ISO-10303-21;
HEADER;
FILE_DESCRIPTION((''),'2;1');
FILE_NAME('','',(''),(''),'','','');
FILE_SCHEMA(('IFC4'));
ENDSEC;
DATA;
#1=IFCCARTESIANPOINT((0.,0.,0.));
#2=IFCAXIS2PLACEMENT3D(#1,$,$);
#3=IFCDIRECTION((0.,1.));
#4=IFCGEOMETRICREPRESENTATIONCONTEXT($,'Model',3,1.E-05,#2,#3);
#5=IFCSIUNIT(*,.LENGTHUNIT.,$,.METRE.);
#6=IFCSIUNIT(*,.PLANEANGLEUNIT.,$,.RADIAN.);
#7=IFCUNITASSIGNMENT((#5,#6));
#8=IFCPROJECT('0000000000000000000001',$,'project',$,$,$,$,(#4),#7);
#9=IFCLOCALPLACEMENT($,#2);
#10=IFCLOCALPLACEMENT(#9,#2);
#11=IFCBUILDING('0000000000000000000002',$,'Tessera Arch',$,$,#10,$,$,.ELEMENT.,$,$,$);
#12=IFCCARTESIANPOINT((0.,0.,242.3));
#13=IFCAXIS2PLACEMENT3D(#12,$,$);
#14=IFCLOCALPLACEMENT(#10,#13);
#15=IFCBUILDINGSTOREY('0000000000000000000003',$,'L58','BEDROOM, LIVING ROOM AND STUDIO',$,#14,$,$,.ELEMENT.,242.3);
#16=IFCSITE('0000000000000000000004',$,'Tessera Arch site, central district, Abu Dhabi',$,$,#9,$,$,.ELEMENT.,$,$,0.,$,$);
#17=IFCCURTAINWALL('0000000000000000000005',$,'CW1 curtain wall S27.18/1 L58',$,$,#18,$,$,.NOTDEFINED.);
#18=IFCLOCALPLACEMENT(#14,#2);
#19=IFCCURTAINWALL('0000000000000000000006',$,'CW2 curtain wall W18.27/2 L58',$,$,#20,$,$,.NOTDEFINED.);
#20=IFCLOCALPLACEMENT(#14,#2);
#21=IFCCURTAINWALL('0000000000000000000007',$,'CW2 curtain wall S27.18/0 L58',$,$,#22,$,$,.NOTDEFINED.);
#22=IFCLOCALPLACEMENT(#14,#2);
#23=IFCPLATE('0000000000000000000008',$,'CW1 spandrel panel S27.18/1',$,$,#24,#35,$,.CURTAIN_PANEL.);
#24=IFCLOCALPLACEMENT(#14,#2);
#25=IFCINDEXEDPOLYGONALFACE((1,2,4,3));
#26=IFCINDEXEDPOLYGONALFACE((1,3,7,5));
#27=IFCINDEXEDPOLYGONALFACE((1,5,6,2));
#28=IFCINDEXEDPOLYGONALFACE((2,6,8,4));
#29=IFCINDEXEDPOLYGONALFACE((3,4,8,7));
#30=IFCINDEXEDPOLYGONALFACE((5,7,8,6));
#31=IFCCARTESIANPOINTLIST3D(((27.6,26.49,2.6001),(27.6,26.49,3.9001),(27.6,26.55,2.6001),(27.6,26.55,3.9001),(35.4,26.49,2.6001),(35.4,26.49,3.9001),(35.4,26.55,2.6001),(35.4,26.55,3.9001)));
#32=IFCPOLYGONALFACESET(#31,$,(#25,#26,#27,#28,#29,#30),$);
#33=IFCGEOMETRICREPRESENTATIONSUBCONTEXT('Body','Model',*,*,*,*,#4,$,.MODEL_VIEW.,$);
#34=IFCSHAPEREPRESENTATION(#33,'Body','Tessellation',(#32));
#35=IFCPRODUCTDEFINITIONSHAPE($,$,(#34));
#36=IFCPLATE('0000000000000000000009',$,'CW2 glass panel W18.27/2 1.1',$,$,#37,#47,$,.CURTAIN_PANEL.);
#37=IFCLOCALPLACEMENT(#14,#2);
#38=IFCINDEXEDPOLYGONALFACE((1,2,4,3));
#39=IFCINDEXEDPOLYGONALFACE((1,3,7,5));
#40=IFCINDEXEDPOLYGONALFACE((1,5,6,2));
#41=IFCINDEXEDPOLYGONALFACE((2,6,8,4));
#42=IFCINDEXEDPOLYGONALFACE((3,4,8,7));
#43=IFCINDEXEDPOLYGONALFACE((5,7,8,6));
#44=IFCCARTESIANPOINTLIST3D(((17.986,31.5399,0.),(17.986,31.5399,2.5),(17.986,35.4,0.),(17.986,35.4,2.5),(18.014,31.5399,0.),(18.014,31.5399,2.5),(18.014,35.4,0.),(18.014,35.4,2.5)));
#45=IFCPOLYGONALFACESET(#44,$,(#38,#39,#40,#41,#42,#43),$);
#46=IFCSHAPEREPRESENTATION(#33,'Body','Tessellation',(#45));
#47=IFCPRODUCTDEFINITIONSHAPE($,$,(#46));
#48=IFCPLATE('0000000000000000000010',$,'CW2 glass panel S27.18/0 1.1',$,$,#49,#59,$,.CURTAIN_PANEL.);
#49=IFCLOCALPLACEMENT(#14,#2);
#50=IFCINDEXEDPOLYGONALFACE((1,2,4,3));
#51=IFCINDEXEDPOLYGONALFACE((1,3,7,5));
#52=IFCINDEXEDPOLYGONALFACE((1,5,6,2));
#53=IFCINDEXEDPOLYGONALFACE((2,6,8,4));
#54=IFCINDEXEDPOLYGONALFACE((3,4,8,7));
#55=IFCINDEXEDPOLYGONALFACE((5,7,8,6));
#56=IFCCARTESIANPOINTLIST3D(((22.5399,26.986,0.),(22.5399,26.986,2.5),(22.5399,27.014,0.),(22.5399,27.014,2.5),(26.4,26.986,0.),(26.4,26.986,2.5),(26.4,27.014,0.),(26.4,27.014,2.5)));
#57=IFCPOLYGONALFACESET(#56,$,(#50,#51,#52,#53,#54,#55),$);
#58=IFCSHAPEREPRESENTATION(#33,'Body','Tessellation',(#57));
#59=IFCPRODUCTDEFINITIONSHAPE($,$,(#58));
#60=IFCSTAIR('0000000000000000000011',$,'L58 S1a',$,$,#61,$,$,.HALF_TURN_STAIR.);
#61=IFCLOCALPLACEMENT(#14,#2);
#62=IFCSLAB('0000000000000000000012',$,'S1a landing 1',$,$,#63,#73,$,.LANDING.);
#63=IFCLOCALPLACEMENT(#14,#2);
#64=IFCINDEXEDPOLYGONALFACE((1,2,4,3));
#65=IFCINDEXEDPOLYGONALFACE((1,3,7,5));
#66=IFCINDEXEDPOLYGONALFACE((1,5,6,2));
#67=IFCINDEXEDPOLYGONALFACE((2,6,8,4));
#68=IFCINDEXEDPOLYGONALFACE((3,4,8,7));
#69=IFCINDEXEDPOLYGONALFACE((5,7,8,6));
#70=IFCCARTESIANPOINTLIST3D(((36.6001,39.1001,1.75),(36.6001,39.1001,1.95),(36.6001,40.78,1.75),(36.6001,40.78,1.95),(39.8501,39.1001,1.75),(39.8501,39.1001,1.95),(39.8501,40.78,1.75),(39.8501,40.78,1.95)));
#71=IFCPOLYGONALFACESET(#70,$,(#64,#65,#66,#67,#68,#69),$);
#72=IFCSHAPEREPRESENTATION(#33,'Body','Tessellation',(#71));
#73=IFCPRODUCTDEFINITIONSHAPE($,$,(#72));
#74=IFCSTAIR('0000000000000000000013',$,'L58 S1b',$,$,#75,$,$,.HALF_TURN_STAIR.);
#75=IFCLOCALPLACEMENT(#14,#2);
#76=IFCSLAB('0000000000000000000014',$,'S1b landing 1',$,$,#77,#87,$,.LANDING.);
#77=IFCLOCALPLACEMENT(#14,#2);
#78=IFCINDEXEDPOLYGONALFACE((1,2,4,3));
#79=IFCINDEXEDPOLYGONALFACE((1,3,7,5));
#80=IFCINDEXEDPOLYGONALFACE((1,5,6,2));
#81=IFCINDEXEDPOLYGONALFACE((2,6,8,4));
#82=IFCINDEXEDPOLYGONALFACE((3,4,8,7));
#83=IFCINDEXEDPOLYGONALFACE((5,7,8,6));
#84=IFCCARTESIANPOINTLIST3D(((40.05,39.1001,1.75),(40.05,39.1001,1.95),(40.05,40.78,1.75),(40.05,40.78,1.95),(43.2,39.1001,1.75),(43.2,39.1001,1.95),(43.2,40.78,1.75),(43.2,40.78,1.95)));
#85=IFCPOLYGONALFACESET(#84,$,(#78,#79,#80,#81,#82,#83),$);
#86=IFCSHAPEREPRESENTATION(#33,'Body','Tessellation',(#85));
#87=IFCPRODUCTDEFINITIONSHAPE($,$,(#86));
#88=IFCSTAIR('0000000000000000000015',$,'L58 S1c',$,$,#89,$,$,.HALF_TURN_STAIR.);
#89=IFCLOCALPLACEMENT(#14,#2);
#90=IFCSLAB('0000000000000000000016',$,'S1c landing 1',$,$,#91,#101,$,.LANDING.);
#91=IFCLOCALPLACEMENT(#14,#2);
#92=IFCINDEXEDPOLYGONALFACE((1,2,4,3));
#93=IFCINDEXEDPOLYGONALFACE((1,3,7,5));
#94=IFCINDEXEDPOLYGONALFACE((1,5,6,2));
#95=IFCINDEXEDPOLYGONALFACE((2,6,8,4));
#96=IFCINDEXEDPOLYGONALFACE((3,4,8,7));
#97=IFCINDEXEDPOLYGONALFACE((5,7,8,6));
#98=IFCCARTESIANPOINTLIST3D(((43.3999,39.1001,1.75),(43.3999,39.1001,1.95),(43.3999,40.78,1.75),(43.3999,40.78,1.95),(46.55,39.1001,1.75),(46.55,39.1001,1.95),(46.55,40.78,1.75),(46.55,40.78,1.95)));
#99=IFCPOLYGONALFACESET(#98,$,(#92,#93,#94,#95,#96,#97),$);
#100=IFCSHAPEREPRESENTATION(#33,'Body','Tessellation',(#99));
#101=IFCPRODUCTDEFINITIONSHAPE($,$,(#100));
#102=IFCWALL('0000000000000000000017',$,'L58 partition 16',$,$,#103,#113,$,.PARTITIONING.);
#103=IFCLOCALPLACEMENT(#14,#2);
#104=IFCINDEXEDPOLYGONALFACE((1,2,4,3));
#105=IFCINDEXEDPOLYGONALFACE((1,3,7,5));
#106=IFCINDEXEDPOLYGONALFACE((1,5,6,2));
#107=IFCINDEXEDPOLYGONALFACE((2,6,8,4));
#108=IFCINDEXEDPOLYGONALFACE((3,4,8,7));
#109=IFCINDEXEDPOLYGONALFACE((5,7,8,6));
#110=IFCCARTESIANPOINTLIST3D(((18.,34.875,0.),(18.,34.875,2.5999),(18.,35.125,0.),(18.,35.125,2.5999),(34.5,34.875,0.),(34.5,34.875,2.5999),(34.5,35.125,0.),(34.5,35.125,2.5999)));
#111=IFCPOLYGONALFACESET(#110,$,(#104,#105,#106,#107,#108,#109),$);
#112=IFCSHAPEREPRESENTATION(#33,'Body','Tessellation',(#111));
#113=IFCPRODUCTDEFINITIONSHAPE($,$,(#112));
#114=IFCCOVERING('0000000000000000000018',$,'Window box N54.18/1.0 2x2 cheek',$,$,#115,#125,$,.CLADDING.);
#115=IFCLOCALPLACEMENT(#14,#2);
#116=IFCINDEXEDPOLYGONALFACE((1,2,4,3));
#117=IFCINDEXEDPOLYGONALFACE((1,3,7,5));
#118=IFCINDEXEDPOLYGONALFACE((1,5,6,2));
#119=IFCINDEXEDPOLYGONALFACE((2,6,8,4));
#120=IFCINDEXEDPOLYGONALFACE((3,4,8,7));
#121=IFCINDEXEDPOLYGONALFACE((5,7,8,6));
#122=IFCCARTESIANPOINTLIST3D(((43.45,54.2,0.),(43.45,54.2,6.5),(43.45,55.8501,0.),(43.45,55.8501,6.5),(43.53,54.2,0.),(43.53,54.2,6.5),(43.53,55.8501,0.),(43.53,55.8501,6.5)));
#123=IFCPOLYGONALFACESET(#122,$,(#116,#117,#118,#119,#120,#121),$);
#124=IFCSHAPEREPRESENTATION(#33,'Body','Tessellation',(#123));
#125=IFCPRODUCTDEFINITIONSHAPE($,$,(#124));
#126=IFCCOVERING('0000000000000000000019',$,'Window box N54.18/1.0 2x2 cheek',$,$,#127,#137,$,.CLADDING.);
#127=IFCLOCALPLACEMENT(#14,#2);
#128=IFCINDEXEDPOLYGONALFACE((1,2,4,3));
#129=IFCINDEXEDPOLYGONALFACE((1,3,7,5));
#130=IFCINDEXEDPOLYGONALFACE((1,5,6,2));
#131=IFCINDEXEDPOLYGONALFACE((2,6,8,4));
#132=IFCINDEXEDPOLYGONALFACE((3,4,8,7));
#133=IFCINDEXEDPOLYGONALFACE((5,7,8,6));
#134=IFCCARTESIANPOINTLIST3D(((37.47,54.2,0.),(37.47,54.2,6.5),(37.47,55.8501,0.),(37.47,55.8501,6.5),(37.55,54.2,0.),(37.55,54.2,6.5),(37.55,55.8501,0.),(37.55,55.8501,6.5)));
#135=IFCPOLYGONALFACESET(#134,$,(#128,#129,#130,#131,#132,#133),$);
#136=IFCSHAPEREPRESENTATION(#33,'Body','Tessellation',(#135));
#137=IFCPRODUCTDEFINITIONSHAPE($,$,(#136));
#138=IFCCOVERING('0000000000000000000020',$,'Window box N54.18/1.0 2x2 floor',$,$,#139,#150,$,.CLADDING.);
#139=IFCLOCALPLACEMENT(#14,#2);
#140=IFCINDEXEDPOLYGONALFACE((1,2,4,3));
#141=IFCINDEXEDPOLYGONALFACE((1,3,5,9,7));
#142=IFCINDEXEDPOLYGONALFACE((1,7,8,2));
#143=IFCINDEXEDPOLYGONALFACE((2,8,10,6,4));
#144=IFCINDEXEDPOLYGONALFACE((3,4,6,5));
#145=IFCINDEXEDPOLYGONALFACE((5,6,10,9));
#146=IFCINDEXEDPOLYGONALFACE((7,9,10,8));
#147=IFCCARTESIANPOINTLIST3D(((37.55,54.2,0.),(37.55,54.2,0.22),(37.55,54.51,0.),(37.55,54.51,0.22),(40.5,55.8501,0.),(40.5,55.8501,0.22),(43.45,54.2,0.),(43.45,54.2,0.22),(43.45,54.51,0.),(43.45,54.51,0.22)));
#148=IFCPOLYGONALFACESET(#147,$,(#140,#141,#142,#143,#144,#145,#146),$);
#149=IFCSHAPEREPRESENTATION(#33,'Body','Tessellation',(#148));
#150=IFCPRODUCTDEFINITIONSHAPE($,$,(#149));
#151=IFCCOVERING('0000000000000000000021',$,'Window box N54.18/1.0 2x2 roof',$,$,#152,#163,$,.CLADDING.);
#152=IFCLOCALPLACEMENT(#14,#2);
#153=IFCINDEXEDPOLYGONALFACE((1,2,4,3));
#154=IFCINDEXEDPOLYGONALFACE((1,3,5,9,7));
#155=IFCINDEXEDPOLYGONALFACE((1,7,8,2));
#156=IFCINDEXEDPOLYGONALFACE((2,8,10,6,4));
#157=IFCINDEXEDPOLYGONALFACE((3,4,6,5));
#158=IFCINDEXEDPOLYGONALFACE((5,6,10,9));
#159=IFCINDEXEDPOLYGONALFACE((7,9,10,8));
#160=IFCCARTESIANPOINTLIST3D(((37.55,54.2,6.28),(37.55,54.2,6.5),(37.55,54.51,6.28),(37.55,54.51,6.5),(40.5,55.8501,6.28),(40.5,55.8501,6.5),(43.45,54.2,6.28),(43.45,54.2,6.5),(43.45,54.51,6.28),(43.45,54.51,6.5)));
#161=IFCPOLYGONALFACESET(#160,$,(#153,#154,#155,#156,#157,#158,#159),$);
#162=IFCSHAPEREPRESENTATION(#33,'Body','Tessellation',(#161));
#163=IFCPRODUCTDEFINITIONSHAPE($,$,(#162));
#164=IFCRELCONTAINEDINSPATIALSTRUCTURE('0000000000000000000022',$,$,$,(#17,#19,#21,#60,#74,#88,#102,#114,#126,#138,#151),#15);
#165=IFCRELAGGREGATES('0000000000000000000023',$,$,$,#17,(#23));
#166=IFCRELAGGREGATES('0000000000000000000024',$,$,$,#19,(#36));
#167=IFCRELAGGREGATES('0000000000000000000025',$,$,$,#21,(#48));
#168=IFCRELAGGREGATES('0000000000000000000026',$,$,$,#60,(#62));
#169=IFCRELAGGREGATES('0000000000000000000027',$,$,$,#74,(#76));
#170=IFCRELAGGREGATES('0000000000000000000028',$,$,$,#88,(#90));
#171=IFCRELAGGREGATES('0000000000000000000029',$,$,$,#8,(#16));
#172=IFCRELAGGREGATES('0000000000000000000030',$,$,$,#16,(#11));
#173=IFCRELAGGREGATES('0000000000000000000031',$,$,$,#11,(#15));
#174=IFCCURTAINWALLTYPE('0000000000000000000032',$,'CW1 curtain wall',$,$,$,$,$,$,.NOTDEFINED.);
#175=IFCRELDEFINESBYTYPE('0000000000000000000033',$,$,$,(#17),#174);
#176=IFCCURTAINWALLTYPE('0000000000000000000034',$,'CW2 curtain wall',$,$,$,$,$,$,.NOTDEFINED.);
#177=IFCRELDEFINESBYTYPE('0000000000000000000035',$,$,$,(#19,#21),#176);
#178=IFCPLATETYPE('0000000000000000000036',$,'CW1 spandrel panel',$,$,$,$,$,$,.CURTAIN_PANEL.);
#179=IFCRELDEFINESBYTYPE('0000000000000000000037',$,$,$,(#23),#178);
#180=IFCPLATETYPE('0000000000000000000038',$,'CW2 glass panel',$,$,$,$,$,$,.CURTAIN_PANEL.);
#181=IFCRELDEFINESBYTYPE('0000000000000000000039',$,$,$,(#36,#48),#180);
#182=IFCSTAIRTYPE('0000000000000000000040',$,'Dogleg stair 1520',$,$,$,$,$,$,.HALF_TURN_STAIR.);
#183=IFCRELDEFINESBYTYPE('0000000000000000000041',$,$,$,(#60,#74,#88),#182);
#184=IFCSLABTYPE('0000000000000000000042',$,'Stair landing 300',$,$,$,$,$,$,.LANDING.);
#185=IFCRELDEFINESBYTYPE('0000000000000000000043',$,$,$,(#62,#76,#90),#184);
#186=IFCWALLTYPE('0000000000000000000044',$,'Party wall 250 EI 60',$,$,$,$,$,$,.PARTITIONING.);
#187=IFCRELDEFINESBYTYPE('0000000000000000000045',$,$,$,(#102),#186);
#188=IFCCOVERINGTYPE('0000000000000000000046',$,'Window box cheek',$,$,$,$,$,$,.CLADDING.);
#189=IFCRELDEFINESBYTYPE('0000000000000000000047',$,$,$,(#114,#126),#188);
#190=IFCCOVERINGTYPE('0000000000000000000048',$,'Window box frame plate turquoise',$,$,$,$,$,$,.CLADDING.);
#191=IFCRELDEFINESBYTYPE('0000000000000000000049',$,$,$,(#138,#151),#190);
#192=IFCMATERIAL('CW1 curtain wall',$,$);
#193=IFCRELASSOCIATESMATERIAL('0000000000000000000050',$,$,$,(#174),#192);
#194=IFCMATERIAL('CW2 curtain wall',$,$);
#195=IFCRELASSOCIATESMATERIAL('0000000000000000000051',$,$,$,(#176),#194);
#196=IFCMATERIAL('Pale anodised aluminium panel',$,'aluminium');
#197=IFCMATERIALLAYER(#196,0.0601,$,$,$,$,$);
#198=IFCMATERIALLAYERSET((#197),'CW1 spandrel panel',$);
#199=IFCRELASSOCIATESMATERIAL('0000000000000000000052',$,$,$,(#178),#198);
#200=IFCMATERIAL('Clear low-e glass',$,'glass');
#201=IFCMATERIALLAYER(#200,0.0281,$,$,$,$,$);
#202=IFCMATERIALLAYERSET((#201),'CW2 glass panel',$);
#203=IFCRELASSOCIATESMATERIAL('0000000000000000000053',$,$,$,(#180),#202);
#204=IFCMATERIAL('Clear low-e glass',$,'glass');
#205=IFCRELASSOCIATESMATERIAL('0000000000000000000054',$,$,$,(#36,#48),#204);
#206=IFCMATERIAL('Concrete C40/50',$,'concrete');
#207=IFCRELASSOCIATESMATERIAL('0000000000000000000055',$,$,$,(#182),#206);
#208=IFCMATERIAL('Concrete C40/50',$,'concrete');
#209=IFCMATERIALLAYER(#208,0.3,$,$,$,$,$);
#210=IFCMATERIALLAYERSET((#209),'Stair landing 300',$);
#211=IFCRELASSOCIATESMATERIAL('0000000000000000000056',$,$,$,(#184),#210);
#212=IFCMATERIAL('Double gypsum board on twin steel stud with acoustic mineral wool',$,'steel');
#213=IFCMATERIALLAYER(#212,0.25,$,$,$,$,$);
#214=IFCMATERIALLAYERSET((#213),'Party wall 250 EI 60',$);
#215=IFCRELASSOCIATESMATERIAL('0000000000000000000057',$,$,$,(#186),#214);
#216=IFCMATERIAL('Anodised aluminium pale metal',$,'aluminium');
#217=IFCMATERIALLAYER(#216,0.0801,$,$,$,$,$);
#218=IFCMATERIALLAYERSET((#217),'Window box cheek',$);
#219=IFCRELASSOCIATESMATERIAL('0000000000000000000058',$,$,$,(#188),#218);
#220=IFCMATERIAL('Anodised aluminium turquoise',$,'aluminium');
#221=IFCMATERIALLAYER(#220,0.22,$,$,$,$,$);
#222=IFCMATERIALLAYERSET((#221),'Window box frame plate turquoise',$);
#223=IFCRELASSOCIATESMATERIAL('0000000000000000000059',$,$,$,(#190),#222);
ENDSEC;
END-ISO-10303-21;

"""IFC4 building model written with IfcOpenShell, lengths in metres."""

from ifc_helpers import new_model, si_unit, direction, frame, frame_2d, origin, origin_2d, place, context, subcontext, project, spatial, polyline, rectangle, outline, extrude, material, layer, layer_set, type_object, element, aggregate, save


model = new_model("IFC4")

# Units and contexts
model_context = context("Model", 3, precision=1e-05, world=origin(), true_north=direction((0.0, 1.0)))
body_context = subcontext(model_context, "Body", "Model", "MODEL_VIEW")
ifc_project = project(units=[si_unit("LENGTHUNIT", "METRE"), si_unit("PLANEANGLEUNIT", "RADIAN")], contexts=[model_context])

# Site, building, storey
site_placement = place(None, origin())
site = spatial("IfcSite", under=ifc_project, at=site_placement, Name="Tessera Arch site, central district, Abu Dhabi", CompositionType="ELEMENT", RefElevation=0.0)
building_placement = place(site_placement, origin())
building = spatial("IfcBuilding", under=site, at=building_placement, Name="Tessera Arch", CompositionType="ELEMENT")
storey_placement = place(building_placement, frame((0.0, 0.0, 242.3)))
storey = spatial("IfcBuildingStorey", under=building, at=storey_placement, Name="L58", Description="BEDROOM, LIVING ROOM AND STUDIO", CompositionType="ELEMENT", Elevation=242.3)

# Curtain walls
ifc_material_1 = material(Name="CW1 curtain wall")
curtain_wall_type_1 = type_object("IfcCurtainWallType", Name="CW1 curtain wall", PredefinedType="NOTDEFINED", material=ifc_material_1)
curtain_wall_1_placement = place(storey_placement, origin())
curtain_wall_1 = element("IfcCurtainWall", 1, at=curtain_wall_1_placement, inside=storey, type_object=curtain_wall_type_1, Name="CW1 curtain wall S27.18/1 L58", PredefinedType="NOTDEFINED")
ifc_material_2 = material(Name="CW2 curtain wall")
curtain_wall_type_2 = type_object("IfcCurtainWallType", Name="CW2 curtain wall", PredefinedType="NOTDEFINED", material=ifc_material_2)
curtain_wall_2_placement = place(storey_placement, origin())
curtain_wall_2 = element("IfcCurtainWall", 2, at=curtain_wall_2_placement, inside=storey, type_object=curtain_wall_type_2, Name="CW2 curtain wall W18.27/2 L58", PredefinedType="NOTDEFINED")
curtain_wall_3_placement = place(storey_placement, origin())
curtain_wall_3 = element("IfcCurtainWall", 3, at=curtain_wall_3_placement, inside=storey, type_object=curtain_wall_type_2, Name="CW2 curtain wall S27.18/0 L58", PredefinedType="NOTDEFINED")

# Plates
ifc_material_3 = material(Name="Clear low-e glass", Category="glass")
ifc_material_4 = material(Name="Pale anodised aluminium panel", Category="aluminium")
ifc_layer_1 = layer(ifc_material_4, 0.0601)
ifc_layer_set_1 = layer_set([ifc_layer_1], Name="CW1 spandrel panel")
plate_type_1 = type_object("IfcPlateType", Name="CW1 spandrel panel", PredefinedType="CURTAIN_PANEL", material=ifc_layer_set_1)
plate_1_placement = place(storey_placement, frame((31.5, 26.52, 2.6001), z_axis=(0.0, 0.0, 1.0), x_axis=(1.0, 0.0, 0.0)))
plate_1 = element("IfcPlate", 4, at=plate_1_placement, type_object=plate_type_1, Name="CW1 spandrel panel S27.18/1", PredefinedType="CURTAIN_PANEL", context=body_context, shape_type="SweptSolid", body=[
    extrude(rectangle(XDim=7.8, YDim=0.0601, at=origin_2d()), origin(), (0.0, 0.0, 1.0), 1.3),
])
aggregate(curtain_wall_1, [plate_1])
ifc_material_5 = material(Name="Clear low-e glass", Category="glass")
ifc_layer_2 = layer(ifc_material_5, 0.0281)
ifc_layer_set_2 = layer_set([ifc_layer_2], Name="CW2 glass panel")
plate_type_2 = type_object("IfcPlateType", Name="CW2 glass panel", PredefinedType="CURTAIN_PANEL", material=ifc_layer_set_2)
plate_2_placement = place(storey_placement, frame((18.0, 33.47, 0.0), z_axis=(0.0, 0.0, 1.0), x_axis=(0.0, -1.0, 0.0)))
plate_2 = element("IfcPlate", 5, at=plate_2_placement, type_object=plate_type_2, material=ifc_material_3, Name="CW2 glass panel W18.27/2 1.1", PredefinedType="CURTAIN_PANEL", context=body_context, shape_type="SweptSolid", body=[
    extrude(rectangle(XDim=3.8601, YDim=0.0281, at=origin_2d()), origin(), (0.0, 0.0, 1.0), 2.5),
])
aggregate(curtain_wall_2, [plate_2])
plate_3_placement = place(storey_placement, frame((24.47, 27.0, 0.0), z_axis=(0.0, 0.0, 1.0), x_axis=(1.0, 0.0, 0.0)))
plate_3 = element("IfcPlate", 6, at=plate_3_placement, type_object=plate_type_2, material=ifc_material_3, Name="CW2 glass panel S27.18/0 1.1", PredefinedType="CURTAIN_PANEL", context=body_context, shape_type="SweptSolid", body=[
    extrude(rectangle(XDim=3.8601, YDim=0.0281, at=origin_2d()), origin(), (0.0, 0.0, 1.0), 2.5),
])
aggregate(curtain_wall_3, [plate_3])

# Stairs, slabs
ifc_material_6 = material(Name="Concrete C40/50", Category="concrete")
stair_type = type_object("IfcStairType", Name="Dogleg stair 1520", PredefinedType="HALF_TURN_STAIR", material=ifc_material_6)
stair_1_placement = place(storey_placement, origin())
stair_1 = element("IfcStair", 7, at=stair_1_placement, inside=storey, type_object=stair_type, Name="L58 S1a", PredefinedType="HALF_TURN_STAIR")
ifc_material_7 = material(Name="Concrete C40/50", Category="concrete")
ifc_layer_3 = layer(ifc_material_7, 0.3)
ifc_layer_set_3 = layer_set([ifc_layer_3], Name="Stair landing 300")
slab_type = type_object("IfcSlabType", Name="Stair landing 300", PredefinedType="LANDING", material=ifc_layer_set_3)
slab_1_placement = place(storey_placement, frame((0.0, 0.0, 1.75)))
slab_1 = element("IfcSlab", 8, at=slab_1_placement, type_object=slab_type, Name="S1a landing 1", PredefinedType="LANDING", context=body_context, shape_type="SweptSolid", body=[
    extrude(outline(polyline([(36.6001, 40.78), (36.6001, 39.1001), (39.8501, 39.1001), (39.8501, 40.78), (36.6001, 40.78)])), origin(), (0.0, 0.0, 1.0), 0.2),
])
aggregate(stair_1, [slab_1])
stair_2_placement = place(storey_placement, origin())
stair_2 = element("IfcStair", 9, at=stair_2_placement, inside=storey, type_object=stair_type, Name="L58 S1b", PredefinedType="HALF_TURN_STAIR")
slab_2_placement = place(storey_placement, frame((0.0, 0.0, 1.75)))
slab_2 = element("IfcSlab", 10, at=slab_2_placement, type_object=slab_type, Name="S1b landing 1", PredefinedType="LANDING", context=body_context, shape_type="SweptSolid", body=[
    extrude(outline(polyline([(40.05, 40.78), (40.05, 39.1001), (43.2, 39.1001), (43.2, 40.78), (40.05, 40.78)])), origin(), (0.0, 0.0, 1.0), 0.2),
])
aggregate(stair_2, [slab_2])
stair_3_placement = place(storey_placement, origin())
stair_3 = element("IfcStair", 11, at=stair_3_placement, inside=storey, type_object=stair_type, Name="L58 S1c", PredefinedType="HALF_TURN_STAIR")
slab_3_placement = place(storey_placement, frame((0.0, 0.0, 1.75)))
slab_3 = element("IfcSlab", 12, at=slab_3_placement, type_object=slab_type, Name="S1c landing 1", PredefinedType="LANDING", context=body_context, shape_type="SweptSolid", body=[
    extrude(outline(polyline([(43.3999, 40.78), (43.3999, 39.1001), (46.55, 39.1001), (46.55, 40.78), (43.3999, 40.78)])), origin(), (0.0, 0.0, 1.0), 0.2),
])
aggregate(stair_3, [slab_3])

# Wall
ifc_material_8 = material(Name="Double gypsum board on twin steel stud with acoustic mineral wool", Category="steel")
ifc_layer_4 = layer(ifc_material_8, 0.25)
ifc_layer_set_4 = layer_set([ifc_layer_4], Name="Party wall 250 EI 60")
wall_type = type_object("IfcWallType", Name="Party wall 250 EI 60", PredefinedType="PARTITIONING", material=ifc_layer_set_4)
wall_placement = place(storey_placement, frame((18.0, 35.0, 0.0), z_axis=(0.0, 0.0, 1.0), x_axis=(1.0, 0.0, 0.0)))
element("IfcWall", 13, at=wall_placement, inside=storey, type_object=wall_type, Name="L58 partition 16", PredefinedType="PARTITIONING", context=body_context, shape_type="SweptSolid", body=[
    extrude(rectangle(XDim=16.5, YDim=0.25, at=frame_2d((8.25, 0.0))), origin(), (0.0, 0.0, 1.0), 2.5999),
])

# Coverings
ifc_material_9 = material(Name="Anodised aluminium pale metal", Category="aluminium")
ifc_layer_5 = layer(ifc_material_9, 0.0801)
ifc_layer_set_5 = layer_set([ifc_layer_5], Name="Window box cheek")
covering_type_1 = type_object("IfcCoveringType", Name="Window box cheek", PredefinedType="CLADDING", material=ifc_layer_set_5)
covering_1_placement = place(storey_placement, origin())
element("IfcCovering", 14, at=covering_1_placement, inside=storey, type_object=covering_type_1, Name="Window box N54.18/1.0 2x2 cheek", PredefinedType="CLADDING", context=body_context, shape_type="SweptSolid", body=[
    extrude(outline(polyline([(43.53, 55.8501), (43.45, 55.8501), (43.45, 54.2), (43.53, 54.2), (43.53, 55.8501)])), origin(), (0.0, 0.0, 1.0), 6.5),
])
covering_2_placement = place(storey_placement, origin())
element("IfcCovering", 15, at=covering_2_placement, inside=storey, type_object=covering_type_1, Name="Window box N54.18/1.0 2x2 cheek", PredefinedType="CLADDING", context=body_context, shape_type="SweptSolid", body=[
    extrude(outline(polyline([(37.55, 55.8501), (37.47, 55.8501), (37.47, 54.2), (37.55, 54.2), (37.55, 55.8501)])), origin(), (0.0, 0.0, 1.0), 6.5),
])
ifc_material_10 = material(Name="Anodised aluminium turquoise", Category="aluminium")
ifc_layer_6 = layer(ifc_material_10, 0.22)
ifc_layer_set_6 = layer_set([ifc_layer_6], Name="Window box frame plate turquoise")
covering_type_2 = type_object("IfcCoveringType", Name="Window box frame plate turquoise", PredefinedType="CLADDING", material=ifc_layer_set_6)
for number, where, name in (
    (16, (0.0, 0.0, 0.0), "Window box N54.18/1.0 2x2 floor"),
    (17, (0.0, 0.0, 6.28), "Window box N54.18/1.0 2x2 roof"),
):
    element("IfcCovering", number, at=place(storey_placement, frame(where)), inside=storey, type_object=covering_type_2, Name=name, PredefinedType="CLADDING", context=body_context, shape_type="SweptSolid", body=[
        extrude(outline(polyline([(43.45, 54.51), (40.5, 55.8501), (37.55, 54.51), (37.55, 54.2), (43.45, 54.2), (43.45, 54.51)])), origin(), (0.0, 0.0, 1.0), 0.22),
    ])

save(model, "model.ifc")
